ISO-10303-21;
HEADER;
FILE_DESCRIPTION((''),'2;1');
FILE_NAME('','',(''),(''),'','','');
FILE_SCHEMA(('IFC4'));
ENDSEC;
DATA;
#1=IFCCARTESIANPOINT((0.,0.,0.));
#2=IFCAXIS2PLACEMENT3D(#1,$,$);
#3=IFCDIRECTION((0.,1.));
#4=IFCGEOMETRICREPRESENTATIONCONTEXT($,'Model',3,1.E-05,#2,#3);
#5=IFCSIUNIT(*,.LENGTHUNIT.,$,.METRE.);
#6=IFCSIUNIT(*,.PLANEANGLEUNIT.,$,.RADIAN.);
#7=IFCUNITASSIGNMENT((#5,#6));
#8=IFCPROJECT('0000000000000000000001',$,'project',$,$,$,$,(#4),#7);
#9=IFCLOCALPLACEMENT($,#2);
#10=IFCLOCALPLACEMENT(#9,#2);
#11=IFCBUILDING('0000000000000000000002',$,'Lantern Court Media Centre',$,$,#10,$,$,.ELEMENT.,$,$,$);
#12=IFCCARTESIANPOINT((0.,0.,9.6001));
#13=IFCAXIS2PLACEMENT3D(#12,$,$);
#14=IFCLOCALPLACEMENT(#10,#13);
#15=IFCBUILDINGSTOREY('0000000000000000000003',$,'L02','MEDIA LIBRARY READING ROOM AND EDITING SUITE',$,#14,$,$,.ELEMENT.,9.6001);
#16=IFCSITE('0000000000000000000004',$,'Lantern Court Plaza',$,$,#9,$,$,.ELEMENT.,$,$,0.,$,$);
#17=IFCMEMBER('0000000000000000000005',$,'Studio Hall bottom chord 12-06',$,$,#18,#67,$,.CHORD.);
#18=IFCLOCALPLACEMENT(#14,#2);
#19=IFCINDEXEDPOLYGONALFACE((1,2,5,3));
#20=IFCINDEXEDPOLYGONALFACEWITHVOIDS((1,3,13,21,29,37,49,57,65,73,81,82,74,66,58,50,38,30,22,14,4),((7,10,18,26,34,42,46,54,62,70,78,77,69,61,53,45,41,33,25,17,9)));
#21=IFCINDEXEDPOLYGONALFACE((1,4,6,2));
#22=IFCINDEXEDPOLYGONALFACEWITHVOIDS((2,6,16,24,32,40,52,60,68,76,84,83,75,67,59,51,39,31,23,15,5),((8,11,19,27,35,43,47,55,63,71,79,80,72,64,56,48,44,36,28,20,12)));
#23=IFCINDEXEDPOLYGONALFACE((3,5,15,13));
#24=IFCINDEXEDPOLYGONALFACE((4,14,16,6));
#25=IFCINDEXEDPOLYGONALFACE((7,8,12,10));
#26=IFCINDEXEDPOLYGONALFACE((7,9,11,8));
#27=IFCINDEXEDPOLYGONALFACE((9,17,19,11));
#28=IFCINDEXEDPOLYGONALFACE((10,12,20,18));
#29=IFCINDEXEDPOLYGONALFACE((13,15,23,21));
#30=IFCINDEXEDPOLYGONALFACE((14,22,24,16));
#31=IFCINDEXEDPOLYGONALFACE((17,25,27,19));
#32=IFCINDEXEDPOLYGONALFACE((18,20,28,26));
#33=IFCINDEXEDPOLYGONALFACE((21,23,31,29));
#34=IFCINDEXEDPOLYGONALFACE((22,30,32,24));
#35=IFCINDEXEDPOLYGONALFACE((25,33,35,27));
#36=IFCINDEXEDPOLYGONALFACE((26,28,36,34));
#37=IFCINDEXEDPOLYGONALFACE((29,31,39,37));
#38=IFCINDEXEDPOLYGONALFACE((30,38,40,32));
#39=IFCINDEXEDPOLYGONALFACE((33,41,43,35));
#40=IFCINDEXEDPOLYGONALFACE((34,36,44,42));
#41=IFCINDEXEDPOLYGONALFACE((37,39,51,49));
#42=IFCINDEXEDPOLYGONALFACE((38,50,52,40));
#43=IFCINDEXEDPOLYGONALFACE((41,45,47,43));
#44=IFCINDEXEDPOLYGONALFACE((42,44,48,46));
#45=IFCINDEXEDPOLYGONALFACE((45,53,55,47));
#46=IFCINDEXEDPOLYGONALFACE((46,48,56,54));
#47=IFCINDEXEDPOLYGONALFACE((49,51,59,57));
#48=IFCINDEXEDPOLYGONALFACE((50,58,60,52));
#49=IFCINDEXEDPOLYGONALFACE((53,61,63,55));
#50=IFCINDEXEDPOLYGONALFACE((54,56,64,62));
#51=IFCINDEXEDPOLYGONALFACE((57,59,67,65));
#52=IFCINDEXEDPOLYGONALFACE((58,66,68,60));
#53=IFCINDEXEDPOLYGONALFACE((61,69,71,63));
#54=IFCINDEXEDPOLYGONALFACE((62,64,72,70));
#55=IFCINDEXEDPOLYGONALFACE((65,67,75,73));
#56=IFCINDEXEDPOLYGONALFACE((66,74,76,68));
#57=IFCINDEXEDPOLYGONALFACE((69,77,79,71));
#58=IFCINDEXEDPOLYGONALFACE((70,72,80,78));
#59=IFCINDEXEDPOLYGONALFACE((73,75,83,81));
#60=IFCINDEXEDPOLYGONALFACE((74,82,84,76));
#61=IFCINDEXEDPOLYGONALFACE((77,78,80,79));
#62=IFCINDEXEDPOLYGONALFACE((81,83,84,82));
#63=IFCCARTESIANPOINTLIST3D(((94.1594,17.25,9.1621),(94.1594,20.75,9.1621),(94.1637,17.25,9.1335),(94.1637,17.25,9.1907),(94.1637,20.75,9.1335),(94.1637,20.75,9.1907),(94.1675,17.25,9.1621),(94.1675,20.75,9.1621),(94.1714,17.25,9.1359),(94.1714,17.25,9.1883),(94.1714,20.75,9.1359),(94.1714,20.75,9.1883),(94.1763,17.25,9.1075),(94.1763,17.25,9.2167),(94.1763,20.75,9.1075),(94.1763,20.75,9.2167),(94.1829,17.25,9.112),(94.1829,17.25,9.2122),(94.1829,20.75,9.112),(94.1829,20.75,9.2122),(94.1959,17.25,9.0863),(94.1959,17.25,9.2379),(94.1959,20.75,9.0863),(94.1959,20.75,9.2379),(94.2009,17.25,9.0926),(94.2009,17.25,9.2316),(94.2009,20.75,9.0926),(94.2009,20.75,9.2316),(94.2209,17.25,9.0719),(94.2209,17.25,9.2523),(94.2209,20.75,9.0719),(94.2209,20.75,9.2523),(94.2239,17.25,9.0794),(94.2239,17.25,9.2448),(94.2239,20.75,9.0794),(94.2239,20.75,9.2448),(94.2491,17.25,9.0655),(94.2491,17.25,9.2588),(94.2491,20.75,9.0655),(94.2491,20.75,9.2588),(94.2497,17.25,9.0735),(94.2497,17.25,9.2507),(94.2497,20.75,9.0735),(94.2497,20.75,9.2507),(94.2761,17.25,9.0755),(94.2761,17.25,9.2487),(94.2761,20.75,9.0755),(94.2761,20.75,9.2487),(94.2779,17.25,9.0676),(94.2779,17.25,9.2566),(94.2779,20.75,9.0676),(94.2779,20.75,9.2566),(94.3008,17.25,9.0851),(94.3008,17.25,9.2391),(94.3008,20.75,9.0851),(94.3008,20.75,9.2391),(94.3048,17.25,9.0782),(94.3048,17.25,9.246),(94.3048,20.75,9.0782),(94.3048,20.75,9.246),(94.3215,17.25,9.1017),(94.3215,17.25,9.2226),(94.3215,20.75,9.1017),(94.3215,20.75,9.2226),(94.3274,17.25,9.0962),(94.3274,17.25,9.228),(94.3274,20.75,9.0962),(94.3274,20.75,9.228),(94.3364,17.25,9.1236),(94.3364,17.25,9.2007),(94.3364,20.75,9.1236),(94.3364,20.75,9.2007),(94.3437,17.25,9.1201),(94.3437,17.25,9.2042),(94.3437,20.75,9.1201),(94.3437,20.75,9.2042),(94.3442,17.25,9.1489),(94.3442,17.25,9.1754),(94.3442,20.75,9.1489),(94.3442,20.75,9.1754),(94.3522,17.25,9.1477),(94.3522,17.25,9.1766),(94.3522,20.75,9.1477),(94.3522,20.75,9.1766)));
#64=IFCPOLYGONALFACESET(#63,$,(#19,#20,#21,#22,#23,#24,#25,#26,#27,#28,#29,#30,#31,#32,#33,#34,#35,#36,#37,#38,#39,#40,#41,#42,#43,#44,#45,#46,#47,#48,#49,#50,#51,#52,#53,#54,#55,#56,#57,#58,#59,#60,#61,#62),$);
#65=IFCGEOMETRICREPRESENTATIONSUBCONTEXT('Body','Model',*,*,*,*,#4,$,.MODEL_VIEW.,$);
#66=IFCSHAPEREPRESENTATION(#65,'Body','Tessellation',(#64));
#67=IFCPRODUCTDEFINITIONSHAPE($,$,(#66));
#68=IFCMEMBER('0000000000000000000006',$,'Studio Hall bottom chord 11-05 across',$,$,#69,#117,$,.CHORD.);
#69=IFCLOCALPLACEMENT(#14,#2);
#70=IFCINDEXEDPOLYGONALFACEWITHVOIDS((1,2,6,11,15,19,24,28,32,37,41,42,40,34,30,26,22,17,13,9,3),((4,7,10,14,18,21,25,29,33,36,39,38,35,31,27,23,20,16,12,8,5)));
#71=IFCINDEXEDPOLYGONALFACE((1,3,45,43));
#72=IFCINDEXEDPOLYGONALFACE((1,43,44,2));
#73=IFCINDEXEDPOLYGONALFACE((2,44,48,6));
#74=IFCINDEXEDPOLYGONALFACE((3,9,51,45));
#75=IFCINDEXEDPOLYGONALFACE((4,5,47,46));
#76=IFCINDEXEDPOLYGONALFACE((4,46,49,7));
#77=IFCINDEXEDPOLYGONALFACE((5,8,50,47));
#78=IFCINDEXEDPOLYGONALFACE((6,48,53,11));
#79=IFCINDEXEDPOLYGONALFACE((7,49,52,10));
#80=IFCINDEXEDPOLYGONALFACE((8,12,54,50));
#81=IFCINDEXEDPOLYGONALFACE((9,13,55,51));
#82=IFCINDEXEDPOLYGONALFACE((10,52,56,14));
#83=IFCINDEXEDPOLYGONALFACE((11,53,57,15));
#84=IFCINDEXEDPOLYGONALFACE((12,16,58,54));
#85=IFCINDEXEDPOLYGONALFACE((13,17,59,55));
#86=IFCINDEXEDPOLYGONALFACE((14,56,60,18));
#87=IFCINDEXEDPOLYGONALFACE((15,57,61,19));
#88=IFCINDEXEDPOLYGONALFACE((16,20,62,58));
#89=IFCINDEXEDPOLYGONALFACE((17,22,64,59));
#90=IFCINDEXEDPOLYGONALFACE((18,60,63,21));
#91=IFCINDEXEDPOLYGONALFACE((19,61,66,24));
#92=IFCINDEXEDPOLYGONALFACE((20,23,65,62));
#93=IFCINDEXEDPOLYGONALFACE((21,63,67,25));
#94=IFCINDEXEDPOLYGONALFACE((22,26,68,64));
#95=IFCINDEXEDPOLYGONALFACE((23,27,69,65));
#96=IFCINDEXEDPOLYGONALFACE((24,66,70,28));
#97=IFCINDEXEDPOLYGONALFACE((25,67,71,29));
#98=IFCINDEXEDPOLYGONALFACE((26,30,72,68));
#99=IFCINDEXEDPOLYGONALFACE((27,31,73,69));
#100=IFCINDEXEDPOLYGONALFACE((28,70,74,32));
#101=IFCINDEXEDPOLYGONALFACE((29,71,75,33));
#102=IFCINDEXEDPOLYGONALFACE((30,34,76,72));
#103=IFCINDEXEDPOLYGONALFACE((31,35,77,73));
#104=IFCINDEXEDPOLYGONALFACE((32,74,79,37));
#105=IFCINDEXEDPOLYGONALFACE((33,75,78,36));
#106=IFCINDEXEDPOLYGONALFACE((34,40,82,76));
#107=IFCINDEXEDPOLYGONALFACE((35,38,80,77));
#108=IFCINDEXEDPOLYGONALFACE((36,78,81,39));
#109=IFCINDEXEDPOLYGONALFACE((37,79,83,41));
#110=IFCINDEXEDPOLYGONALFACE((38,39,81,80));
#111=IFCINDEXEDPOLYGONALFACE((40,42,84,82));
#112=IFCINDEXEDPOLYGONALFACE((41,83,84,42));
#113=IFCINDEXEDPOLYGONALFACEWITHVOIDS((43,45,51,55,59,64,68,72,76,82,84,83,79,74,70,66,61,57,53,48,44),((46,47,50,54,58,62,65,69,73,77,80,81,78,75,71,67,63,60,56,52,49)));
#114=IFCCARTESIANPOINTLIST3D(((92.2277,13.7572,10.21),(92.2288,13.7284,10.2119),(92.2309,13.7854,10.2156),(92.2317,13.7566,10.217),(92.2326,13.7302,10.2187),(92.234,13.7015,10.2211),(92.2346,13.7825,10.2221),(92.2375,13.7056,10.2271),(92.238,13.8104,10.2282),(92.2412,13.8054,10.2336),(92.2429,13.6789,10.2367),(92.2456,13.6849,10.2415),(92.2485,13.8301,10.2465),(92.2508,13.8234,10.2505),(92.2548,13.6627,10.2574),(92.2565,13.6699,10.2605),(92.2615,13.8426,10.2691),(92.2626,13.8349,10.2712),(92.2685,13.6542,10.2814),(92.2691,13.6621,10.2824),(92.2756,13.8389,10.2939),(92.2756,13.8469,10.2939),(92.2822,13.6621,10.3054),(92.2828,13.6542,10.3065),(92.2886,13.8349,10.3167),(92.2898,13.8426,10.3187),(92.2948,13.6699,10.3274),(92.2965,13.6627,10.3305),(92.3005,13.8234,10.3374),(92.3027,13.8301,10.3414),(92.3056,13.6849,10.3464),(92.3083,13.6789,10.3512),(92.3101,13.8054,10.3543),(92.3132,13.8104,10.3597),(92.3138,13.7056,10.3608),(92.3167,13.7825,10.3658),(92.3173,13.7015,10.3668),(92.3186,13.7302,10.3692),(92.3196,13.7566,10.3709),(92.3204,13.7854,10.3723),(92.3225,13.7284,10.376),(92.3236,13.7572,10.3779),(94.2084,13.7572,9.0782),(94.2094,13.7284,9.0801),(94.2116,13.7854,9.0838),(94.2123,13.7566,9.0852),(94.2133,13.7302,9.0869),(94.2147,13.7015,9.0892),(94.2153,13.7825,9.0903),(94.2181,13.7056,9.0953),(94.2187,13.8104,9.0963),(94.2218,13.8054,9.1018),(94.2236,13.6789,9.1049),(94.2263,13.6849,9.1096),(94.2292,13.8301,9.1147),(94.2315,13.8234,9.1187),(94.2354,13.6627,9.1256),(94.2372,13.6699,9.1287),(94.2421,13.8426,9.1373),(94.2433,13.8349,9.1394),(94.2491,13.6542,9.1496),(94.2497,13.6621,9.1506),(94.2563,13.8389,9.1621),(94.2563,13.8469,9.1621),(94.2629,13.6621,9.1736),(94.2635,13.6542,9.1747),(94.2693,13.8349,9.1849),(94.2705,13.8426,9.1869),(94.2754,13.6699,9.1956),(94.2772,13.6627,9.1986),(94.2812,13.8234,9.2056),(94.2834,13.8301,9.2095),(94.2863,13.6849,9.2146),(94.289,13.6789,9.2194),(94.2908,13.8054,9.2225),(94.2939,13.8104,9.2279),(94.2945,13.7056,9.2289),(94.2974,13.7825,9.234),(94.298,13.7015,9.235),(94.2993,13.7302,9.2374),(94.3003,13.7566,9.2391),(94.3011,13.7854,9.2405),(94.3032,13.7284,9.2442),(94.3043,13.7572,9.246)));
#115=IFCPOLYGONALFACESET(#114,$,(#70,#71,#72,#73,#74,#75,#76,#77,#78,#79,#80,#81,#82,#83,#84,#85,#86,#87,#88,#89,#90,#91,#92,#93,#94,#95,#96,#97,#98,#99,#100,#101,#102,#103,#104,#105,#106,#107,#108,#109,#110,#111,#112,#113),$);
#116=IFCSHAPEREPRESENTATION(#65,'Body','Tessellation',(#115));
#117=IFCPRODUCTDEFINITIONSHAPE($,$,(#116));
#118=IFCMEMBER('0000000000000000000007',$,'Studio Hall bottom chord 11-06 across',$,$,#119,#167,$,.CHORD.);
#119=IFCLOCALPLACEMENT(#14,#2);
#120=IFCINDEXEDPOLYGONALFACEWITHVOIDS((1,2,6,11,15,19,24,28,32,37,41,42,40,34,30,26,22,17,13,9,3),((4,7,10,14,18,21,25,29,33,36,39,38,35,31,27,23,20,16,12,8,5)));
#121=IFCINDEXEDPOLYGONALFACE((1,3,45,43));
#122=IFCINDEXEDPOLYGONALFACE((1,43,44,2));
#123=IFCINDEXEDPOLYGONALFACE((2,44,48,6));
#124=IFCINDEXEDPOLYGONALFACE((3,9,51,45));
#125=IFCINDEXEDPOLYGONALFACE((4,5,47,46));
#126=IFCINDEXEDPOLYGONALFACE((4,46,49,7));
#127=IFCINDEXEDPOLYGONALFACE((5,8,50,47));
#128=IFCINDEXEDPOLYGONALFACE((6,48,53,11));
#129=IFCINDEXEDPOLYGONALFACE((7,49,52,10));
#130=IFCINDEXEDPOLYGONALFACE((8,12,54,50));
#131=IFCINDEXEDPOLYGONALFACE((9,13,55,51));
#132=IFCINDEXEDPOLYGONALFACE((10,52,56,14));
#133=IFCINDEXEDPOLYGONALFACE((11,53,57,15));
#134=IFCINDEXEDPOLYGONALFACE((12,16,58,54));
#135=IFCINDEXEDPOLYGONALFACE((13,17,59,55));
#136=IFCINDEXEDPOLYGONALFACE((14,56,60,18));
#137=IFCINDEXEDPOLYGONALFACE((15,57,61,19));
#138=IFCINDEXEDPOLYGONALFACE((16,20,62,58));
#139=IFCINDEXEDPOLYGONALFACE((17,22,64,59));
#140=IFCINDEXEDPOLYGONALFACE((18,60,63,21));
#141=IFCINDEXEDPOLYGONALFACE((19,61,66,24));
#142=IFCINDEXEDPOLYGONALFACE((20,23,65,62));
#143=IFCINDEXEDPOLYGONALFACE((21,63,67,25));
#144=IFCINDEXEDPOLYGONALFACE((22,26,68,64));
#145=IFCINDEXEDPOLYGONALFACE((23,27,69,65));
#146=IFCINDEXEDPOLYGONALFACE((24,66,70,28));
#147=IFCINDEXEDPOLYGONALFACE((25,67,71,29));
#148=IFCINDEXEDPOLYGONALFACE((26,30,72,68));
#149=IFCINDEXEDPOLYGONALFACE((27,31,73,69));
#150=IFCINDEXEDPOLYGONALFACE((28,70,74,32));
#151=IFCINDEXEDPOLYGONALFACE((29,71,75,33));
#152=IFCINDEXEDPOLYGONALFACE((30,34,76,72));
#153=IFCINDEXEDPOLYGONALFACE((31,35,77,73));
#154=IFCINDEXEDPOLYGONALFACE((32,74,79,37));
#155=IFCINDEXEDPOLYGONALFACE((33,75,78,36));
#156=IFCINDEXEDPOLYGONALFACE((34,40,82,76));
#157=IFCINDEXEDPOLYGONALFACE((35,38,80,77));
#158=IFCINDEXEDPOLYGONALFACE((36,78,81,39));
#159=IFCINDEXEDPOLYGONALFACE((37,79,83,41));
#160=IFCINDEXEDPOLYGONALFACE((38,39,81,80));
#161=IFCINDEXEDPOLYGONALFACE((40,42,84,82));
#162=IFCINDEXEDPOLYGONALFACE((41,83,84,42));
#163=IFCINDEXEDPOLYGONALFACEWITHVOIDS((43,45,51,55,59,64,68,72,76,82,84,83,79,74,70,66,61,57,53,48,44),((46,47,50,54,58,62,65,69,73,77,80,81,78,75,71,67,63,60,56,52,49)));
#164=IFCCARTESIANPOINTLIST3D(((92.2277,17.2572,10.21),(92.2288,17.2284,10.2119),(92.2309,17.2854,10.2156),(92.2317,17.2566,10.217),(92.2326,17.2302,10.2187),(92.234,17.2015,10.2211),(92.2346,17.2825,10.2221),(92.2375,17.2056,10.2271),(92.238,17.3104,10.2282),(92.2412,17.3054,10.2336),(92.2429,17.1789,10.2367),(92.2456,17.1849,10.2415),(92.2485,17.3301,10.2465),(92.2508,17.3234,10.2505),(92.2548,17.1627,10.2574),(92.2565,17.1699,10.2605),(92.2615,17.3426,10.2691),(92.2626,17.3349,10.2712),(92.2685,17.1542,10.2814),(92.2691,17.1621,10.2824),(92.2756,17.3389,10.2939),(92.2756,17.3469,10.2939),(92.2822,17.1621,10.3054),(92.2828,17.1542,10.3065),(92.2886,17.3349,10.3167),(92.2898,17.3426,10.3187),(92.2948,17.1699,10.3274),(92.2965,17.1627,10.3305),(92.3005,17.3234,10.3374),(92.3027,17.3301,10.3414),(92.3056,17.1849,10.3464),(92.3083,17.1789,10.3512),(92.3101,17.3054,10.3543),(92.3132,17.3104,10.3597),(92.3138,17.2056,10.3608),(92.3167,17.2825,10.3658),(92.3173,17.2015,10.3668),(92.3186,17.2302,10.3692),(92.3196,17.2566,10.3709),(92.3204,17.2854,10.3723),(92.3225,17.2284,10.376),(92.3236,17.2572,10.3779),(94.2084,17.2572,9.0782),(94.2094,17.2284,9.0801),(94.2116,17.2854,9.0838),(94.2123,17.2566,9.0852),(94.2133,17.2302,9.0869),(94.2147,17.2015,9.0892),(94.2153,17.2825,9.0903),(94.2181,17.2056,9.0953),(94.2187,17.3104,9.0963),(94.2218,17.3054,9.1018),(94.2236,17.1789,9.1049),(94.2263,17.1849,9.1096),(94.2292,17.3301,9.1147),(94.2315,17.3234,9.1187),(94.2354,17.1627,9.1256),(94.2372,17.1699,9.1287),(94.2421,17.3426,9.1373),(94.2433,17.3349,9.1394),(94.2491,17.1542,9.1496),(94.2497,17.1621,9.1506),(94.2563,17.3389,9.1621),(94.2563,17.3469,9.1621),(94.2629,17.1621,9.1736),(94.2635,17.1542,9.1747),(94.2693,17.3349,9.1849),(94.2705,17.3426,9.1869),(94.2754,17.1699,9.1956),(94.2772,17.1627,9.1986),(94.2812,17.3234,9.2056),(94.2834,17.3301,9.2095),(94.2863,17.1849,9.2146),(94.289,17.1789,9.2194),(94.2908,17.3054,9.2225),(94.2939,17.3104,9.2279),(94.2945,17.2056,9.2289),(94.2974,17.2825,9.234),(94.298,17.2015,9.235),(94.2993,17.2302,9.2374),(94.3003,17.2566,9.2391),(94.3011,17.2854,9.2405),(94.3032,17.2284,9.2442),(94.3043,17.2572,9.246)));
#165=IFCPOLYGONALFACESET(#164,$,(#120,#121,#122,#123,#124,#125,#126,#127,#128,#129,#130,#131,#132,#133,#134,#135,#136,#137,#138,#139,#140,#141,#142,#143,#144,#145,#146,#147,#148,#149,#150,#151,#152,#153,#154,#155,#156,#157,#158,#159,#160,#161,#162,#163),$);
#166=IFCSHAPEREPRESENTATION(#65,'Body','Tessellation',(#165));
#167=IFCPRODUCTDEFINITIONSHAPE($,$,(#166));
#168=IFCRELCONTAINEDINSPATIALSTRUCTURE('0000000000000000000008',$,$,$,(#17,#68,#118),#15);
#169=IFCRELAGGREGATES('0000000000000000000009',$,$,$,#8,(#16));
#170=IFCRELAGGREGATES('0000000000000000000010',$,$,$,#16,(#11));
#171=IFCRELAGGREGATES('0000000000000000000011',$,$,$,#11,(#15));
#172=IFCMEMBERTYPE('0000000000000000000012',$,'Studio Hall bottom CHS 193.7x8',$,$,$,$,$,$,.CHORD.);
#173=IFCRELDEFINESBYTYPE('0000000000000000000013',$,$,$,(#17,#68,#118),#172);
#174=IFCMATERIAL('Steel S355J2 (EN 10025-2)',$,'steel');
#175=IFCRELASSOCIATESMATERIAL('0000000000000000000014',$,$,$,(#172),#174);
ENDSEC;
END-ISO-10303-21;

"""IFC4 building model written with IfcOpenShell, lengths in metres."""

from ifc_helpers import new_model, si_unit, direction, frame, origin, origin_2d, place, context, subcontext, project, spatial, hollow_circle, extrude, material, material_profile, profile_set, type_object, element, save


model = new_model("IFC4")

# Units and contexts
model_context = context("Model", 3, precision=1e-05, world=origin(), true_north=direction((0.0, 1.0)))
body_context = subcontext(model_context, "Body", "Model", "MODEL_VIEW")
ifc_project = project(units=[si_unit("LENGTHUNIT", "METRE"), si_unit("PLANEANGLEUNIT", "RADIAN")], contexts=[model_context])

# Site, building, storey
site_placement = place(None, origin())
site = spatial("IfcSite", under=ifc_project, at=site_placement, Name="Lantern Court Plaza", CompositionType="ELEMENT", RefElevation=0.0)
building_placement = place(site_placement, origin())
building = spatial("IfcBuilding", under=site, at=building_placement, Name="Lantern Court Media Centre", CompositionType="ELEMENT")
storey_placement = place(building_placement, frame((0.0, 0.0, 9.6001)))
storey = spatial("IfcBuildingStorey", under=building, at=storey_placement, Name="L02", Description="MEDIA LIBRARY READING ROOM AND EDITING SUITE", CompositionType="ELEMENT", Elevation=9.6001)

# Members
ifc_material_1 = material(Name="Steel S355J2 (EN 10025-2)", Category="steel")
ifc_material_profile_1 = material_profile(ifc_material_1, hollow_circle(Radius=0.0969, WallThickness=0.0081, at=origin_2d()), Name="Studio Hall bottom CHS 193.7x8")
ifc_profile_set_1 = profile_set([ifc_material_profile_1], Name="Steel S355J2 (EN 10025-2)")
member_type_1 = type_object("IfcMemberType", Name="Studio Hall bottom CHS 193.7x8", PredefinedType="CHORD", material=ifc_profile_set_1)
for number, where, z_axis, x_axis, name in (
    (1, (94.2563, 17.25, 9.1621), (0.0, 1.0, 0.0), (-1.0, 0.0, 0.0), "Studio Hall bottom chord 12-06"),
):
    element("IfcMember", number, at=place(storey_placement, frame(where, z_axis=z_axis, x_axis=x_axis)), inside=storey, type_object=member_type_1, Name=name, PredefinedType="CHORD", context=body_context, shape_type="SweptSolid", body=[
        extrude(hollow_circle(Radius=0.0969, WallThickness=0.0081, at=origin_2d()), origin(), (0.0, 0.0, 1.0), 3.5),
    ])
for number, where, z_axis, x_axis, name in (
    (2, (92.2756, 13.75, 10.2939), (0.868243, 0.0, -0.496139), (0.0, 1.0, 0.0), "Studio Hall bottom chord 11-05 across"),
    (3, (92.2756, 17.25, 10.2939), (0.868243, 0.0, -0.496139), (0.0, 1.0, 0.0), "Studio Hall bottom chord 11-06 across"),
):
    element("IfcMember", number, at=place(storey_placement, frame(where, z_axis=z_axis, x_axis=x_axis)), inside=storey, type_object=member_type_1, Name=name, PredefinedType="CHORD", context=body_context, shape_type="SweptSolid", body=[
        extrude(hollow_circle(Radius=0.0969, WallThickness=0.0081, at=origin_2d()), origin(), (0.0, 0.0, 1.0), 2.2812),
    ])

save(model, "model.ifc")
